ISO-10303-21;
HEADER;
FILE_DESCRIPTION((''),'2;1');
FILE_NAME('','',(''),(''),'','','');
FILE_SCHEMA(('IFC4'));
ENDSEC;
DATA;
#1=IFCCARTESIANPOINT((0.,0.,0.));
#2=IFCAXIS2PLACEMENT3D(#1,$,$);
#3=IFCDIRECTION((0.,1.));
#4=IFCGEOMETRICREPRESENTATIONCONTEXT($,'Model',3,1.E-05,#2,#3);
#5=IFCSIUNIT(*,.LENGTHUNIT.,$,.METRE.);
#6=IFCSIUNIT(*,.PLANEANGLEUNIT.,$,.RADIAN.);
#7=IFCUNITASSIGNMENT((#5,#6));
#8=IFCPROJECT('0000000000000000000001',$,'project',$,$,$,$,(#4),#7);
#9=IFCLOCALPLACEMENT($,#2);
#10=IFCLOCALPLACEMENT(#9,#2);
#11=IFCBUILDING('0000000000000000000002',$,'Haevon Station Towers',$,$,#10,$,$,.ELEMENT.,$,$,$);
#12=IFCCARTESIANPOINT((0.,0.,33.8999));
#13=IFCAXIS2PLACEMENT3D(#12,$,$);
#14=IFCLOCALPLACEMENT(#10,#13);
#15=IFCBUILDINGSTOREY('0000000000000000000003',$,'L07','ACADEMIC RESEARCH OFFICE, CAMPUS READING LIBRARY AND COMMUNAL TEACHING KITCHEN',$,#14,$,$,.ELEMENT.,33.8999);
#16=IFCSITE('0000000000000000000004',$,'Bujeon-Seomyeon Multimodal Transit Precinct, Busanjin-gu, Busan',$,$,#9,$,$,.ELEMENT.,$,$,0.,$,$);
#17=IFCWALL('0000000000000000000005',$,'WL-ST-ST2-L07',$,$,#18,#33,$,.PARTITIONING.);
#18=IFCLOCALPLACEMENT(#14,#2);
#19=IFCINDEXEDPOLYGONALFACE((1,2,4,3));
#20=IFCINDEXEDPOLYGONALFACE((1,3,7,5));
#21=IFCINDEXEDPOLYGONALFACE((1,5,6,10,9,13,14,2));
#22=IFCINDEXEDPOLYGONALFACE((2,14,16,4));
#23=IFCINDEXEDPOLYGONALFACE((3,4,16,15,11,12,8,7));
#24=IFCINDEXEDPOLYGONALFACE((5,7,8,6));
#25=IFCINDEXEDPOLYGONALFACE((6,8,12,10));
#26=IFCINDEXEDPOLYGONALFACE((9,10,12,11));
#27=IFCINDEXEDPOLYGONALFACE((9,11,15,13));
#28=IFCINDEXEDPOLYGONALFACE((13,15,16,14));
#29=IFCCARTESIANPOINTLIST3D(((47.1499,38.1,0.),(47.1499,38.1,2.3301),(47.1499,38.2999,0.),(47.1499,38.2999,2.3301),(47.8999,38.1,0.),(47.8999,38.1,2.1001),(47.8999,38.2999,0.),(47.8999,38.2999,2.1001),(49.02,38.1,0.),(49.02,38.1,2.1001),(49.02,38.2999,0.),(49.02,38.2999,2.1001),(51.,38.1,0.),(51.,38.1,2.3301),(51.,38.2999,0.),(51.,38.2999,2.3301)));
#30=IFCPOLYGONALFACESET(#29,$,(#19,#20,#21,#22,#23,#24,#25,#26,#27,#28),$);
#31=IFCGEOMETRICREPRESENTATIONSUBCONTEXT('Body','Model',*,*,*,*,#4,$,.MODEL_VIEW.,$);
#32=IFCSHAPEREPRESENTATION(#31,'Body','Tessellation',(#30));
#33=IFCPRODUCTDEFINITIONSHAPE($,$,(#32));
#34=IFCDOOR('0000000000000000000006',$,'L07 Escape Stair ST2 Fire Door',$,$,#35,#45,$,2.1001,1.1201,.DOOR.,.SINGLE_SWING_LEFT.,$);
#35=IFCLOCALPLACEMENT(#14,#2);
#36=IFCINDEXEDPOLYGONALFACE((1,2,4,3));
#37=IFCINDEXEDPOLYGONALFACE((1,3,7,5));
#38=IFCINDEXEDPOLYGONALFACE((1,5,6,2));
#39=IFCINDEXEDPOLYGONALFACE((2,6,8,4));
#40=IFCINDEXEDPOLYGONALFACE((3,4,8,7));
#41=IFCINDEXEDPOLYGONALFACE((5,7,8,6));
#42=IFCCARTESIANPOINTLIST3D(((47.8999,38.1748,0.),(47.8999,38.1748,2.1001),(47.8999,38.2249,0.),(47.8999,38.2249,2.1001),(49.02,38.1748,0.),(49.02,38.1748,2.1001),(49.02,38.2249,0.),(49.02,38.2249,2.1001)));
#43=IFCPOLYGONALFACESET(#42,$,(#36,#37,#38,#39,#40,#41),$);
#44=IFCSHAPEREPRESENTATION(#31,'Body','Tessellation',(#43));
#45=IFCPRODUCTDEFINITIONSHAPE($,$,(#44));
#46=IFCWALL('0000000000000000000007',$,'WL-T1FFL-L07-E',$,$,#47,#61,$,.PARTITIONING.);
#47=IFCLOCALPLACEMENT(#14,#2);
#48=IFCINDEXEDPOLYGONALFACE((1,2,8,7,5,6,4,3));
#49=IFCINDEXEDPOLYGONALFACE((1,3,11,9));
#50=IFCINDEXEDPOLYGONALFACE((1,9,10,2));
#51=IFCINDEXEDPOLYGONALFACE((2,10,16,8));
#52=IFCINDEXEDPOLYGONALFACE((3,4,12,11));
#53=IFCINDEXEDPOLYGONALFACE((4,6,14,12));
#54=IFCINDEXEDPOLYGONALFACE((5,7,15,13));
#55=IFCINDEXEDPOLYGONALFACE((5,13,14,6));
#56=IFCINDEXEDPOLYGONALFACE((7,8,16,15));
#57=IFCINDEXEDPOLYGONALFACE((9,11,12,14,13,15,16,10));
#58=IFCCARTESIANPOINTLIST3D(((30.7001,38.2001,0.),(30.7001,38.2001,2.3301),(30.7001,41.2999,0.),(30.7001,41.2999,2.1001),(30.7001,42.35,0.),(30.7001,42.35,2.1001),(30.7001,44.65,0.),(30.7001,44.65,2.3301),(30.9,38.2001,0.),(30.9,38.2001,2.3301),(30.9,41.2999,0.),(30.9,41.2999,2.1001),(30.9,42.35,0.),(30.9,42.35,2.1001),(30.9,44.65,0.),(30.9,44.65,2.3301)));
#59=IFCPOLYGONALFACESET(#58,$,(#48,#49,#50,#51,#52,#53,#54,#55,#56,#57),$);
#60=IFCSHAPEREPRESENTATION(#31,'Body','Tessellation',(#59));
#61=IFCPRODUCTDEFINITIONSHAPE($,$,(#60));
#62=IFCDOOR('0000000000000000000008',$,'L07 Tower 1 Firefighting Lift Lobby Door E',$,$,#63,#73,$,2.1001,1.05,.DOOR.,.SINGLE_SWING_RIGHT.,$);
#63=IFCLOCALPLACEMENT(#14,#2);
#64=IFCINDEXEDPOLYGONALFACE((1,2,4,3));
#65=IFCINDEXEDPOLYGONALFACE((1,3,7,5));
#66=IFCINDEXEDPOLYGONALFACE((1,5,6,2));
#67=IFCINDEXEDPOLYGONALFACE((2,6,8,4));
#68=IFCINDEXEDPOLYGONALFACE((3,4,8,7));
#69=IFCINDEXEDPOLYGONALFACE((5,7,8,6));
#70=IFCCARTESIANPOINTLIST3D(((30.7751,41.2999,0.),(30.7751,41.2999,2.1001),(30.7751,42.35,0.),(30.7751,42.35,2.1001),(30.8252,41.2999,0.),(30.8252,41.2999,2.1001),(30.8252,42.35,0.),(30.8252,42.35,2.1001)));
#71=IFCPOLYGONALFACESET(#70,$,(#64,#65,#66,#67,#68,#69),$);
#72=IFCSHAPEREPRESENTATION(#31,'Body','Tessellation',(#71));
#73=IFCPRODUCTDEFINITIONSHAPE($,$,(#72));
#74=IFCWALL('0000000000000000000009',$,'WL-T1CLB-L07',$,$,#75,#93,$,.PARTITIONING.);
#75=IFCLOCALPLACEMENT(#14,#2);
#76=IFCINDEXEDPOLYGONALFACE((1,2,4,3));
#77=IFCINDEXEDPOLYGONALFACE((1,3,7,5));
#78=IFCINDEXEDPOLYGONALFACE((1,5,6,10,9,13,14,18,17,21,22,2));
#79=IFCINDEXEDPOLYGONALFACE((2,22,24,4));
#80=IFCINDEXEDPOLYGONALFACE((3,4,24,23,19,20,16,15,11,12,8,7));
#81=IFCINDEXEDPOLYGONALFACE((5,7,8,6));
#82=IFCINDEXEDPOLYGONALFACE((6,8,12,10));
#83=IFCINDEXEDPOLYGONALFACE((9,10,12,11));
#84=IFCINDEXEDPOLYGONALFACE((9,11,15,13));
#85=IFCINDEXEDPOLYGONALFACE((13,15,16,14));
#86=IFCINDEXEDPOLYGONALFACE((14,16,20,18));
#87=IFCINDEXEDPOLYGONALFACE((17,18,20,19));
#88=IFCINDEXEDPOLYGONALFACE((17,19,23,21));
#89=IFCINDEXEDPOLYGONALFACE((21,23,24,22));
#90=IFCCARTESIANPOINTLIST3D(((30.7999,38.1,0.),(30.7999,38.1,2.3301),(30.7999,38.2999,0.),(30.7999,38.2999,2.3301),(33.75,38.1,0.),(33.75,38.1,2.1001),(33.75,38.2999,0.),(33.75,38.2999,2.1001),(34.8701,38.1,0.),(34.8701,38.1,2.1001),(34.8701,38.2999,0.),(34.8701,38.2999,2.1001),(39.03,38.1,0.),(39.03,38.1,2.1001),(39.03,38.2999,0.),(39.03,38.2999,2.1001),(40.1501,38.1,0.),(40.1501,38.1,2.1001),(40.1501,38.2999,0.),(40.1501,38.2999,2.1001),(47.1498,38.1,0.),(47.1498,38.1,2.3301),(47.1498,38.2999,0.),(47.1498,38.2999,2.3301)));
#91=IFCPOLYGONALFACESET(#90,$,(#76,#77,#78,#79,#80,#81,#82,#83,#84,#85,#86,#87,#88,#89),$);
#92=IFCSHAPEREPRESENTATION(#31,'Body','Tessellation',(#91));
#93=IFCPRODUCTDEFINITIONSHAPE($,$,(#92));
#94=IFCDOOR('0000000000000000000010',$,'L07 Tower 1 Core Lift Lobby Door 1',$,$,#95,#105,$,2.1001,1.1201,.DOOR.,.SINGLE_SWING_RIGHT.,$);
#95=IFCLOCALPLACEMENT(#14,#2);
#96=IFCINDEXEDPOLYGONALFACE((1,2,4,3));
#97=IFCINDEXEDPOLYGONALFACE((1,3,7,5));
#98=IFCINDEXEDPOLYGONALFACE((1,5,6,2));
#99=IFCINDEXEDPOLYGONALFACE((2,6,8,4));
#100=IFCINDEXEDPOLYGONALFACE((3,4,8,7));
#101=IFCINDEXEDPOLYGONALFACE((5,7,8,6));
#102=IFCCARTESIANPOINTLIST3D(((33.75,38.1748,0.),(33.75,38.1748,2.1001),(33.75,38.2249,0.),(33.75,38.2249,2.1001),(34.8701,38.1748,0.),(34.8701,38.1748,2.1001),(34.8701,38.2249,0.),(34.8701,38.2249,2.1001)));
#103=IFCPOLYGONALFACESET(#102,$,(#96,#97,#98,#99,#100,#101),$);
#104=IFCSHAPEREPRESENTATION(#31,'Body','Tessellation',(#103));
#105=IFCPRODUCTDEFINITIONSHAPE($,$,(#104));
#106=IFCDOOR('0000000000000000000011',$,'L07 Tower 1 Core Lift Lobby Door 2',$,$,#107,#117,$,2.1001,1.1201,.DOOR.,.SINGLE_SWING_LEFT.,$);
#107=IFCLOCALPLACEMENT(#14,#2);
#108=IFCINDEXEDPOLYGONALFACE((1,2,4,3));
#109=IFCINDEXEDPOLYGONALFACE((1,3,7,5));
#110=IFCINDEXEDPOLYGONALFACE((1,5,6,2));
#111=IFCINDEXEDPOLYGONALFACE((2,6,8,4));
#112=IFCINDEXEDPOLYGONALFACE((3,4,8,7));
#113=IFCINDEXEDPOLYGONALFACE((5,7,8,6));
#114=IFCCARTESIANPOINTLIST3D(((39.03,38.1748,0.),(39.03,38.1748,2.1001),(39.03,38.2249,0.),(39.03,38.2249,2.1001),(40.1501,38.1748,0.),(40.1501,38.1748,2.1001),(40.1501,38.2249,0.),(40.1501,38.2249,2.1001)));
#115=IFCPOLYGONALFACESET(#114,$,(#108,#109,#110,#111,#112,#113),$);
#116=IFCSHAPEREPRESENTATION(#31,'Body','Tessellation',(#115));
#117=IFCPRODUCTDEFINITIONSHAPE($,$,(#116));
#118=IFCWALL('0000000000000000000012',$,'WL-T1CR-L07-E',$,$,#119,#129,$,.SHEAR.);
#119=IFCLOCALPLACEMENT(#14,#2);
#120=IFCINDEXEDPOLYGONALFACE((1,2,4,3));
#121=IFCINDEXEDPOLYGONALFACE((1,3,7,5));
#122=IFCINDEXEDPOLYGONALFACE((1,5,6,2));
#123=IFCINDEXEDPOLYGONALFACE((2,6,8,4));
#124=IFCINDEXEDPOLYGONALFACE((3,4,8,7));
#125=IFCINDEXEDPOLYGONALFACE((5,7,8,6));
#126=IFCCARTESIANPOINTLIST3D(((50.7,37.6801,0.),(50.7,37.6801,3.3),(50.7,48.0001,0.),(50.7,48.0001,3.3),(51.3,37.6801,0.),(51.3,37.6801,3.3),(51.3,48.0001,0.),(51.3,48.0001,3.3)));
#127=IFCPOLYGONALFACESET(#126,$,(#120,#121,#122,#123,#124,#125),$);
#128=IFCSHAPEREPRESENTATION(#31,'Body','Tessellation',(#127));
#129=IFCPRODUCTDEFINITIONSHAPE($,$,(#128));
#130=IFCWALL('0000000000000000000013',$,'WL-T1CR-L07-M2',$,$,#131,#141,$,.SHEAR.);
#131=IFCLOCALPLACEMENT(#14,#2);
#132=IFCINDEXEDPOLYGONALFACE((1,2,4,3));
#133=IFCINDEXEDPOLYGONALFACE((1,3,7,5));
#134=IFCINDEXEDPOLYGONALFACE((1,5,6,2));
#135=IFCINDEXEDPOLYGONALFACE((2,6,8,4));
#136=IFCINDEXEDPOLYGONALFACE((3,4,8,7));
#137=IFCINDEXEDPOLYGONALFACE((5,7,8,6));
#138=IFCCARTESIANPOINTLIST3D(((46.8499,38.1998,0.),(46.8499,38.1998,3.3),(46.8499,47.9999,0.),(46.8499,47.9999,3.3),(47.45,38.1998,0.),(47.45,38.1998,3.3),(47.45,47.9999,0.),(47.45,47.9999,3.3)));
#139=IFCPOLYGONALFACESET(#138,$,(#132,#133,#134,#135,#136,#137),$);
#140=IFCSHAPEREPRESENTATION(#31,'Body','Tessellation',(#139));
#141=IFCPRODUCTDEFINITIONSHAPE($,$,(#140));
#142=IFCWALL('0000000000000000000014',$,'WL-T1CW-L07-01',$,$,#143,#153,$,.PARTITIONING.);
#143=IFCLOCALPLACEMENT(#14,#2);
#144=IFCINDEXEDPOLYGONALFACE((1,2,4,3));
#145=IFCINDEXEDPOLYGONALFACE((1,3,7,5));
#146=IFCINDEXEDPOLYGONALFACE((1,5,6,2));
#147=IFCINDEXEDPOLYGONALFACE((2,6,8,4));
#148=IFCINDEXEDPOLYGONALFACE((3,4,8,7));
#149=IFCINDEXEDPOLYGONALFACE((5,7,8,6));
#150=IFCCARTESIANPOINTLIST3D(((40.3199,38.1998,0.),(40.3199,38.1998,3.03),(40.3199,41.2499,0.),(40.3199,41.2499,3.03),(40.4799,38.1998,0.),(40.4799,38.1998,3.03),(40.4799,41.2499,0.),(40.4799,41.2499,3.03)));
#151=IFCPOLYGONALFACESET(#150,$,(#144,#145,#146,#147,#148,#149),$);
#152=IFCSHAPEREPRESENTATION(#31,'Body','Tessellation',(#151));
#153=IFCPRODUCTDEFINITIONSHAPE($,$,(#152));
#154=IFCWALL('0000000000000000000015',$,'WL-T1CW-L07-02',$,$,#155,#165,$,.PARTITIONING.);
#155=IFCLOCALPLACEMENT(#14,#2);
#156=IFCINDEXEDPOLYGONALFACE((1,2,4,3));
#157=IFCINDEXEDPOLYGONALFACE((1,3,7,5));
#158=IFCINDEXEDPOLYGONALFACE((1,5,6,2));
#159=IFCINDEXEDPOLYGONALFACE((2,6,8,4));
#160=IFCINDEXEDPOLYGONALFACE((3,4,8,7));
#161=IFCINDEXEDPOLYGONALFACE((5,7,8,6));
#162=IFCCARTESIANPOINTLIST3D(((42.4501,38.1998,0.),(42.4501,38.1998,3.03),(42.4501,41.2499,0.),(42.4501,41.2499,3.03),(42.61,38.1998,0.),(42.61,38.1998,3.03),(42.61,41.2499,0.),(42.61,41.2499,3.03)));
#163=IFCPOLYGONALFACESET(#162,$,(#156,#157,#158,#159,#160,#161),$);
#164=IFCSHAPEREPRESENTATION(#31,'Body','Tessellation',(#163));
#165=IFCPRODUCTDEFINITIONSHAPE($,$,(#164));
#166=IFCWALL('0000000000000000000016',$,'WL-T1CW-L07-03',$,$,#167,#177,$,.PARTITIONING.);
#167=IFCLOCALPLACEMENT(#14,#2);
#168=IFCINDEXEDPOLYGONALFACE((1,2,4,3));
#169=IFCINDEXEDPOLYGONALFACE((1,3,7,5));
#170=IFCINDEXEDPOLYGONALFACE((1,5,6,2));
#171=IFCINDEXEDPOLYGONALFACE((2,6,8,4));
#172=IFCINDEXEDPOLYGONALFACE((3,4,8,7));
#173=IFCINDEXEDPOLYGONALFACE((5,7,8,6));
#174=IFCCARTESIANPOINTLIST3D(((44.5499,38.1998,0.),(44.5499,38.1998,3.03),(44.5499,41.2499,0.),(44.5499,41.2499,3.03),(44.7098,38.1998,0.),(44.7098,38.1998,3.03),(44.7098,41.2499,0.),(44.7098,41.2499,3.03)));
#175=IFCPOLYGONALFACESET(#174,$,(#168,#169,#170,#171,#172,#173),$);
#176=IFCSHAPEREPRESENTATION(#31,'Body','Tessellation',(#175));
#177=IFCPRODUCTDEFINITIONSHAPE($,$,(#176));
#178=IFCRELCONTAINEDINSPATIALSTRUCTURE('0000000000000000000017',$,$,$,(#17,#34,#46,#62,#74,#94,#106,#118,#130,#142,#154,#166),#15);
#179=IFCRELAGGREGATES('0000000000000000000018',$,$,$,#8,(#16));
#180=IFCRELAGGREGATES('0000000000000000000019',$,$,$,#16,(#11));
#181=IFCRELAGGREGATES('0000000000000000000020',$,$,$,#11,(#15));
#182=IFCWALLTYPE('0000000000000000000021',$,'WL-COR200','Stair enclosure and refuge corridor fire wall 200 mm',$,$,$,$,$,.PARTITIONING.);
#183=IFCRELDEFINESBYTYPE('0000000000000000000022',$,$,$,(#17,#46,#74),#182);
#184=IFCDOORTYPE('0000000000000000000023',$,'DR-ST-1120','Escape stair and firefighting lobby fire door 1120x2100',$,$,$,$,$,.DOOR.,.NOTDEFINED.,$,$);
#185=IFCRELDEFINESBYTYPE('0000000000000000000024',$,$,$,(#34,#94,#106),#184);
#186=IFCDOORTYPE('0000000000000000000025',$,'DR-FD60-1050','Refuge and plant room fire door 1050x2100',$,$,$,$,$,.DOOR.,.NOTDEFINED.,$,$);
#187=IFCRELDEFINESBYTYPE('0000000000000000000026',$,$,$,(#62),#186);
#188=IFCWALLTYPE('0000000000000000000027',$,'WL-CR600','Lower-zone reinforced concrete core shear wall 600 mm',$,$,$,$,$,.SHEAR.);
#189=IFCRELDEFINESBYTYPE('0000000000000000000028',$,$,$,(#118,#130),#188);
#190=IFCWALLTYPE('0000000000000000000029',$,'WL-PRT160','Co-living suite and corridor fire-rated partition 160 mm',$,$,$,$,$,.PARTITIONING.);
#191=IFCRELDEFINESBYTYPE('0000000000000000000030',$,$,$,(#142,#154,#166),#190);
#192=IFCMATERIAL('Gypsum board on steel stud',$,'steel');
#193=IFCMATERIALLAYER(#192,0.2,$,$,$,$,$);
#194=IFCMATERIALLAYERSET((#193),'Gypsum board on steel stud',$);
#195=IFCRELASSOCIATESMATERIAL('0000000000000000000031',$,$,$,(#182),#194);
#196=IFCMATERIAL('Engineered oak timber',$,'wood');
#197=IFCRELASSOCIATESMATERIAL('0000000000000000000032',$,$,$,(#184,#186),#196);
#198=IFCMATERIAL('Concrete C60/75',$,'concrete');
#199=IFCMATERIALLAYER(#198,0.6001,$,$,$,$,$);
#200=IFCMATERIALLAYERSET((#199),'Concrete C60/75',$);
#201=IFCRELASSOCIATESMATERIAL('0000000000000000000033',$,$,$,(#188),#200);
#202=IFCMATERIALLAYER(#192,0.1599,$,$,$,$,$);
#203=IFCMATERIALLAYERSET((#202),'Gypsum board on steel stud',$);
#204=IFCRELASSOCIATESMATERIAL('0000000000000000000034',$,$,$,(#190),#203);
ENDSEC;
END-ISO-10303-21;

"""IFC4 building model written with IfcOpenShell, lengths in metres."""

from ifc_helpers import new_model, si_unit, direction, frame, frame_2d, origin, place, context, subcontext, project, spatial, rectangle, extrude, material, layer, layer_set, type_object, element, fill, save


model = new_model("IFC4")

# Units and contexts
model_context = context("Model", 3, precision=1e-05, world=origin(), true_north=direction((0.0, 1.0)))
body_context = subcontext(model_context, "Body", "Model", "MODEL_VIEW")
ifc_project = project(units=[si_unit("LENGTHUNIT", "METRE"), si_unit("PLANEANGLEUNIT", "RADIAN")], contexts=[model_context])

# Site, building, storey
site_placement = place(None, origin())
site = spatial("IfcSite", under=ifc_project, at=site_placement, Name="Bujeon-Seomyeon Multimodal Transit Precinct, Busanjin-gu, Busan", CompositionType="ELEMENT", RefElevation=0.0)
building_placement = place(site_placement, origin())
building = spatial("IfcBuilding", under=site, at=building_placement, Name="Haevon Station Towers", CompositionType="ELEMENT")
storey_placement = place(building_placement, frame((0.0, 0.0, 33.8999)))
storey = spatial("IfcBuildingStorey", under=building, at=storey_placement, Name="L07", Description="ACADEMIC RESEARCH OFFICE, CAMPUS READING LIBRARY AND COMMUNAL TEACHING KITCHEN", CompositionType="ELEMENT", Elevation=33.8999)

# Walls, openings, doors
ifc_material_1 = material(Name="Gypsum board on steel stud", Category="steel")
ifc_layer_1 = layer(ifc_material_1, 0.2)
ifc_layer_set_1 = layer_set([ifc_layer_1], Name="Gypsum board on steel stud")
wall_type_1 = type_object("IfcWallType", Name="WL-COR200", Description="Stair enclosure and refuge corridor fire wall 200 mm", PredefinedType="PARTITIONING", material=ifc_layer_set_1)
wall_1_placement = place(storey_placement, frame((47.1499, 38.2, 0.0), z_axis=(0.0, 0.0, 1.0), x_axis=(1.0, 0.0, 0.0)))
wall_1 = element("IfcWall", 1, at=wall_1_placement, inside=storey, type_object=wall_type_1, Name="WL-ST-ST2-L07", PredefinedType="PARTITIONING", context=body_context, shape_type="SweptSolid", body=[
    extrude(rectangle(XDim=3.8501, YDim=0.2, at=frame_2d((1.925, 0.0))), origin(), (0.0, 0.0, 1.0), 2.3301),
])
opening_1_placement = place(wall_1_placement, frame((0.75, 0.0, 0.0)))
opening_1 = element("IfcOpeningElement", 2, at=opening_1_placement, cuts=wall_1, PredefinedType="OPENING", context=body_context, shape_type="SweptSolid", body=[
    extrude(rectangle(XDim=1.1201, YDim=2.1001, at=frame_2d((0.5601, 1.05))), frame((0.0, 0.1099, 0.0), z_axis=(0.0, -1.0, 0.0), x_axis=(1.0, 0.0, 0.0)), (0.0, 0.0, 1.0), 0.22),
])
ifc_material_2 = material(Name="Engineered oak timber", Category="wood")
door_type_1 = type_object("IfcDoorType", Name="DR-ST-1120", Description="Escape stair and firefighting lobby fire door 1120x2100", OperationType="NOTDEFINED", PredefinedType="DOOR", material=ifc_material_2)
door_1_placement = place(opening_1_placement, origin())
door_1 = element("IfcDoor", 3, at=door_1_placement, inside=storey, type_object=door_type_1, Name="L07 Escape Stair ST2 Fire Door", OperationType="SINGLE_SWING_LEFT", OverallHeight=2.1001, OverallWidth=1.1201, PredefinedType="DOOR", context=body_context, shape_type="SweptSolid", body=[
    extrude(rectangle(XDim=1.1201, YDim=2.1001, at=frame_2d((0.5601, 1.05))), frame((0.0, 0.0249, 0.0), z_axis=(0.0, -1.0, 0.0), x_axis=(1.0, 0.0, 0.0)), (0.0, 0.0, 1.0), 0.05),
])
fill(opening_1, door_1)
wall_2_placement = place(storey_placement, frame((30.8, 38.2, 0.0), z_axis=(0.0, 0.0, 1.0), x_axis=(0.0, 1.0, 0.0)))
wall_2 = element("IfcWall", 4, at=wall_2_placement, inside=storey, type_object=wall_type_1, Name="WL-T1FFL-L07-E", PredefinedType="PARTITIONING", context=body_context, shape_type="SweptSolid", body=[
    extrude(rectangle(XDim=6.45, YDim=0.2, at=frame_2d((3.2251, 0.0))), origin(), (0.0, 0.0, 1.0), 2.3301),
])
opening_2_placement = place(wall_2_placement, frame((3.1001, 0.0, 0.0)))
opening_2 = element("IfcOpeningElement", 5, at=opening_2_placement, cuts=wall_2, PredefinedType="OPENING", context=body_context, shape_type="SweptSolid", body=[
    extrude(rectangle(XDim=1.05, YDim=2.1001, at=frame_2d((0.5249, 1.05))), frame((0.0, 0.1099, 0.0), z_axis=(0.0, -1.0, 0.0), x_axis=(1.0, 0.0, 0.0)), (0.0, 0.0, 1.0), 0.22),
])
door_type_2 = type_object("IfcDoorType", Name="DR-FD60-1050", Description="Refuge and plant room fire door 1050x2100", OperationType="NOTDEFINED", PredefinedType="DOOR", material=ifc_material_2)
door_2_placement = place(opening_2_placement, origin())
door_2 = element("IfcDoor", 6, at=door_2_placement, inside=storey, type_object=door_type_2, Name="L07 Tower 1 Firefighting Lift Lobby Door E", OperationType="SINGLE_SWING_RIGHT", OverallHeight=2.1001, OverallWidth=1.05, PredefinedType="DOOR", context=body_context, shape_type="SweptSolid", body=[
    extrude(rectangle(XDim=1.05, YDim=2.1001, at=frame_2d((0.5249, 1.05))), frame((0.0, 0.0249, 0.0), z_axis=(0.0, -1.0, 0.0), x_axis=(1.0, 0.0, 0.0)), (0.0, 0.0, 1.0), 0.05),
])
fill(opening_2, door_2)

# Wall, openings, doors
wall_3_placement = place(storey_placement, frame((30.8, 38.2, 0.0), z_axis=(0.0, 0.0, 1.0), x_axis=(1.0, 0.0, 0.0)))
wall_3 = element("IfcWall", 7, at=wall_3_placement, inside=storey, type_object=wall_type_1, Name="WL-T1CLB-L07", PredefinedType="PARTITIONING", context=body_context, shape_type="SweptSolid", body=[
    extrude(rectangle(XDim=16.3499, YDim=0.2, at=frame_2d((8.1748, 0.0))), origin(), (0.0, 0.0, 1.0), 2.3301),
])
opening_3_placement = place(wall_3_placement, frame((2.95, 0.0, 0.0)))
opening_3 = element("IfcOpeningElement", 8, at=opening_3_placement, cuts=wall_3, PredefinedType="OPENING", context=body_context, shape_type="SweptSolid", body=[
    extrude(rectangle(XDim=1.1201, YDim=2.1001, at=frame_2d((0.5601, 1.05))), frame((0.0, 0.1099, 0.0), z_axis=(0.0, -1.0, 0.0), x_axis=(1.0, 0.0, 0.0)), (0.0, 0.0, 1.0), 0.22),
])
opening_4_placement = place(wall_3_placement, frame((8.23, 0.0, 0.0)))
opening_4 = element("IfcOpeningElement", 9, at=opening_4_placement, cuts=wall_3, PredefinedType="OPENING", context=body_context, shape_type="SweptSolid", body=[
    extrude(rectangle(XDim=1.1201, YDim=2.1001, at=frame_2d((0.5601, 1.05))), frame((0.0, 0.1099, 0.0), z_axis=(0.0, -1.0, 0.0), x_axis=(1.0, 0.0, 0.0)), (0.0, 0.0, 1.0), 0.22),
])
door_3_placement = place(opening_3_placement, origin())
door_3 = element("IfcDoor", 10, at=door_3_placement, inside=storey, type_object=door_type_1, Name="L07 Tower 1 Core Lift Lobby Door 1", OperationType="SINGLE_SWING_RIGHT", OverallHeight=2.1001, OverallWidth=1.1201, PredefinedType="DOOR", context=body_context, shape_type="SweptSolid", body=[
    extrude(rectangle(XDim=1.1201, YDim=2.1001, at=frame_2d((0.5601, 1.05))), frame((0.0, 0.0249, 0.0), z_axis=(0.0, -1.0, 0.0), x_axis=(1.0, 0.0, 0.0)), (0.0, 0.0, 1.0), 0.05),
])
fill(opening_3, door_3)
door_4_placement = place(opening_4_placement, origin())
door_4 = element("IfcDoor", 11, at=door_4_placement, inside=storey, type_object=door_type_1, Name="L07 Tower 1 Core Lift Lobby Door 2", OperationType="SINGLE_SWING_LEFT", OverallHeight=2.1001, OverallWidth=1.1201, PredefinedType="DOOR", context=body_context, shape_type="SweptSolid", body=[
    extrude(rectangle(XDim=1.1201, YDim=2.1001, at=frame_2d((0.5601, 1.05))), frame((0.0, 0.0249, 0.0), z_axis=(0.0, -1.0, 0.0), x_axis=(1.0, 0.0, 0.0)), (0.0, 0.0, 1.0), 0.05),
])
fill(opening_4, door_4)

# Walls
ifc_material_3 = material(Name="Concrete C60/75", Category="concrete")
ifc_layer_2 = layer(ifc_material_3, 0.6001)
ifc_layer_set_2 = layer_set([ifc_layer_2], Name="Concrete C60/75")
wall_type_2 = type_object("IfcWallType", Name="WL-CR600", Description="Lower-zone reinforced concrete core shear wall 600 mm", PredefinedType="SHEAR", material=ifc_layer_set_2)
wall_4_placement = place(storey_placement, frame((51.0, 37.6799, 0.0), z_axis=(0.0, 0.0, 1.0), x_axis=(0.0, 1.0, 0.0)))
element("IfcWall", 12, at=wall_4_placement, inside=storey, type_object=wall_type_2, Name="WL-T1CR-L07-E", PredefinedType="SHEAR", context=body_context, shape_type="SweptSolid", body=[
    extrude(rectangle(XDim=10.3201, YDim=0.6001, at=frame_2d((5.1602, 0.0))), origin(), (0.0, 0.0, 1.0), 3.3),
])
wall_5_placement = place(storey_placement, frame((47.1499, 38.2, 0.0), z_axis=(0.0, 0.0, 1.0), x_axis=(0.0, 1.0, 0.0)))
element("IfcWall", 13, at=wall_5_placement, inside=storey, type_object=wall_type_2, Name="WL-T1CR-L07-M2", PredefinedType="SHEAR", context=body_context, shape_type="SweptSolid", body=[
    extrude(rectangle(XDim=9.8, YDim=0.6001, at=frame_2d((4.8999, 0.0))), origin(), (0.0, 0.0, 1.0), 3.3),
])
ifc_layer_3 = layer(ifc_material_1, 0.1599)
ifc_layer_set_3 = layer_set([ifc_layer_3], Name="Gypsum board on steel stud")
wall_type_3 = type_object("IfcWallType", Name="WL-PRT160", Description="Co-living suite and corridor fire-rated partition 160 mm", PredefinedType="PARTITIONING", material=ifc_layer_set_3)
for number, where, z_axis, x_axis, name in (
    (14, (40.3999, 38.2, 0.0), (0.0, 0.0, 1.0), (0.0, 1.0, 0.0), "WL-T1CW-L07-01"),
    (15, (42.53, 38.2, 0.0), (0.0, 0.0, 1.0), (0.0, 1.0, 0.0), "WL-T1CW-L07-02"),
    (16, (44.6299, 38.2, 0.0), (0.0, 0.0, 1.0), (0.0, 1.0, 0.0), "WL-T1CW-L07-03"),
):
    element("IfcWall", number, at=place(storey_placement, frame(where, z_axis=z_axis, x_axis=x_axis)), inside=storey, type_object=wall_type_3, Name=name, PredefinedType="PARTITIONING", context=body_context, shape_type="SweptSolid", body=[
        extrude(rectangle(XDim=3.05, YDim=0.1599, at=frame_2d((1.5249, 0.0))), origin(), (0.0, 0.0, 1.0), 3.03),
    ])

save(model, "model.ifc")
